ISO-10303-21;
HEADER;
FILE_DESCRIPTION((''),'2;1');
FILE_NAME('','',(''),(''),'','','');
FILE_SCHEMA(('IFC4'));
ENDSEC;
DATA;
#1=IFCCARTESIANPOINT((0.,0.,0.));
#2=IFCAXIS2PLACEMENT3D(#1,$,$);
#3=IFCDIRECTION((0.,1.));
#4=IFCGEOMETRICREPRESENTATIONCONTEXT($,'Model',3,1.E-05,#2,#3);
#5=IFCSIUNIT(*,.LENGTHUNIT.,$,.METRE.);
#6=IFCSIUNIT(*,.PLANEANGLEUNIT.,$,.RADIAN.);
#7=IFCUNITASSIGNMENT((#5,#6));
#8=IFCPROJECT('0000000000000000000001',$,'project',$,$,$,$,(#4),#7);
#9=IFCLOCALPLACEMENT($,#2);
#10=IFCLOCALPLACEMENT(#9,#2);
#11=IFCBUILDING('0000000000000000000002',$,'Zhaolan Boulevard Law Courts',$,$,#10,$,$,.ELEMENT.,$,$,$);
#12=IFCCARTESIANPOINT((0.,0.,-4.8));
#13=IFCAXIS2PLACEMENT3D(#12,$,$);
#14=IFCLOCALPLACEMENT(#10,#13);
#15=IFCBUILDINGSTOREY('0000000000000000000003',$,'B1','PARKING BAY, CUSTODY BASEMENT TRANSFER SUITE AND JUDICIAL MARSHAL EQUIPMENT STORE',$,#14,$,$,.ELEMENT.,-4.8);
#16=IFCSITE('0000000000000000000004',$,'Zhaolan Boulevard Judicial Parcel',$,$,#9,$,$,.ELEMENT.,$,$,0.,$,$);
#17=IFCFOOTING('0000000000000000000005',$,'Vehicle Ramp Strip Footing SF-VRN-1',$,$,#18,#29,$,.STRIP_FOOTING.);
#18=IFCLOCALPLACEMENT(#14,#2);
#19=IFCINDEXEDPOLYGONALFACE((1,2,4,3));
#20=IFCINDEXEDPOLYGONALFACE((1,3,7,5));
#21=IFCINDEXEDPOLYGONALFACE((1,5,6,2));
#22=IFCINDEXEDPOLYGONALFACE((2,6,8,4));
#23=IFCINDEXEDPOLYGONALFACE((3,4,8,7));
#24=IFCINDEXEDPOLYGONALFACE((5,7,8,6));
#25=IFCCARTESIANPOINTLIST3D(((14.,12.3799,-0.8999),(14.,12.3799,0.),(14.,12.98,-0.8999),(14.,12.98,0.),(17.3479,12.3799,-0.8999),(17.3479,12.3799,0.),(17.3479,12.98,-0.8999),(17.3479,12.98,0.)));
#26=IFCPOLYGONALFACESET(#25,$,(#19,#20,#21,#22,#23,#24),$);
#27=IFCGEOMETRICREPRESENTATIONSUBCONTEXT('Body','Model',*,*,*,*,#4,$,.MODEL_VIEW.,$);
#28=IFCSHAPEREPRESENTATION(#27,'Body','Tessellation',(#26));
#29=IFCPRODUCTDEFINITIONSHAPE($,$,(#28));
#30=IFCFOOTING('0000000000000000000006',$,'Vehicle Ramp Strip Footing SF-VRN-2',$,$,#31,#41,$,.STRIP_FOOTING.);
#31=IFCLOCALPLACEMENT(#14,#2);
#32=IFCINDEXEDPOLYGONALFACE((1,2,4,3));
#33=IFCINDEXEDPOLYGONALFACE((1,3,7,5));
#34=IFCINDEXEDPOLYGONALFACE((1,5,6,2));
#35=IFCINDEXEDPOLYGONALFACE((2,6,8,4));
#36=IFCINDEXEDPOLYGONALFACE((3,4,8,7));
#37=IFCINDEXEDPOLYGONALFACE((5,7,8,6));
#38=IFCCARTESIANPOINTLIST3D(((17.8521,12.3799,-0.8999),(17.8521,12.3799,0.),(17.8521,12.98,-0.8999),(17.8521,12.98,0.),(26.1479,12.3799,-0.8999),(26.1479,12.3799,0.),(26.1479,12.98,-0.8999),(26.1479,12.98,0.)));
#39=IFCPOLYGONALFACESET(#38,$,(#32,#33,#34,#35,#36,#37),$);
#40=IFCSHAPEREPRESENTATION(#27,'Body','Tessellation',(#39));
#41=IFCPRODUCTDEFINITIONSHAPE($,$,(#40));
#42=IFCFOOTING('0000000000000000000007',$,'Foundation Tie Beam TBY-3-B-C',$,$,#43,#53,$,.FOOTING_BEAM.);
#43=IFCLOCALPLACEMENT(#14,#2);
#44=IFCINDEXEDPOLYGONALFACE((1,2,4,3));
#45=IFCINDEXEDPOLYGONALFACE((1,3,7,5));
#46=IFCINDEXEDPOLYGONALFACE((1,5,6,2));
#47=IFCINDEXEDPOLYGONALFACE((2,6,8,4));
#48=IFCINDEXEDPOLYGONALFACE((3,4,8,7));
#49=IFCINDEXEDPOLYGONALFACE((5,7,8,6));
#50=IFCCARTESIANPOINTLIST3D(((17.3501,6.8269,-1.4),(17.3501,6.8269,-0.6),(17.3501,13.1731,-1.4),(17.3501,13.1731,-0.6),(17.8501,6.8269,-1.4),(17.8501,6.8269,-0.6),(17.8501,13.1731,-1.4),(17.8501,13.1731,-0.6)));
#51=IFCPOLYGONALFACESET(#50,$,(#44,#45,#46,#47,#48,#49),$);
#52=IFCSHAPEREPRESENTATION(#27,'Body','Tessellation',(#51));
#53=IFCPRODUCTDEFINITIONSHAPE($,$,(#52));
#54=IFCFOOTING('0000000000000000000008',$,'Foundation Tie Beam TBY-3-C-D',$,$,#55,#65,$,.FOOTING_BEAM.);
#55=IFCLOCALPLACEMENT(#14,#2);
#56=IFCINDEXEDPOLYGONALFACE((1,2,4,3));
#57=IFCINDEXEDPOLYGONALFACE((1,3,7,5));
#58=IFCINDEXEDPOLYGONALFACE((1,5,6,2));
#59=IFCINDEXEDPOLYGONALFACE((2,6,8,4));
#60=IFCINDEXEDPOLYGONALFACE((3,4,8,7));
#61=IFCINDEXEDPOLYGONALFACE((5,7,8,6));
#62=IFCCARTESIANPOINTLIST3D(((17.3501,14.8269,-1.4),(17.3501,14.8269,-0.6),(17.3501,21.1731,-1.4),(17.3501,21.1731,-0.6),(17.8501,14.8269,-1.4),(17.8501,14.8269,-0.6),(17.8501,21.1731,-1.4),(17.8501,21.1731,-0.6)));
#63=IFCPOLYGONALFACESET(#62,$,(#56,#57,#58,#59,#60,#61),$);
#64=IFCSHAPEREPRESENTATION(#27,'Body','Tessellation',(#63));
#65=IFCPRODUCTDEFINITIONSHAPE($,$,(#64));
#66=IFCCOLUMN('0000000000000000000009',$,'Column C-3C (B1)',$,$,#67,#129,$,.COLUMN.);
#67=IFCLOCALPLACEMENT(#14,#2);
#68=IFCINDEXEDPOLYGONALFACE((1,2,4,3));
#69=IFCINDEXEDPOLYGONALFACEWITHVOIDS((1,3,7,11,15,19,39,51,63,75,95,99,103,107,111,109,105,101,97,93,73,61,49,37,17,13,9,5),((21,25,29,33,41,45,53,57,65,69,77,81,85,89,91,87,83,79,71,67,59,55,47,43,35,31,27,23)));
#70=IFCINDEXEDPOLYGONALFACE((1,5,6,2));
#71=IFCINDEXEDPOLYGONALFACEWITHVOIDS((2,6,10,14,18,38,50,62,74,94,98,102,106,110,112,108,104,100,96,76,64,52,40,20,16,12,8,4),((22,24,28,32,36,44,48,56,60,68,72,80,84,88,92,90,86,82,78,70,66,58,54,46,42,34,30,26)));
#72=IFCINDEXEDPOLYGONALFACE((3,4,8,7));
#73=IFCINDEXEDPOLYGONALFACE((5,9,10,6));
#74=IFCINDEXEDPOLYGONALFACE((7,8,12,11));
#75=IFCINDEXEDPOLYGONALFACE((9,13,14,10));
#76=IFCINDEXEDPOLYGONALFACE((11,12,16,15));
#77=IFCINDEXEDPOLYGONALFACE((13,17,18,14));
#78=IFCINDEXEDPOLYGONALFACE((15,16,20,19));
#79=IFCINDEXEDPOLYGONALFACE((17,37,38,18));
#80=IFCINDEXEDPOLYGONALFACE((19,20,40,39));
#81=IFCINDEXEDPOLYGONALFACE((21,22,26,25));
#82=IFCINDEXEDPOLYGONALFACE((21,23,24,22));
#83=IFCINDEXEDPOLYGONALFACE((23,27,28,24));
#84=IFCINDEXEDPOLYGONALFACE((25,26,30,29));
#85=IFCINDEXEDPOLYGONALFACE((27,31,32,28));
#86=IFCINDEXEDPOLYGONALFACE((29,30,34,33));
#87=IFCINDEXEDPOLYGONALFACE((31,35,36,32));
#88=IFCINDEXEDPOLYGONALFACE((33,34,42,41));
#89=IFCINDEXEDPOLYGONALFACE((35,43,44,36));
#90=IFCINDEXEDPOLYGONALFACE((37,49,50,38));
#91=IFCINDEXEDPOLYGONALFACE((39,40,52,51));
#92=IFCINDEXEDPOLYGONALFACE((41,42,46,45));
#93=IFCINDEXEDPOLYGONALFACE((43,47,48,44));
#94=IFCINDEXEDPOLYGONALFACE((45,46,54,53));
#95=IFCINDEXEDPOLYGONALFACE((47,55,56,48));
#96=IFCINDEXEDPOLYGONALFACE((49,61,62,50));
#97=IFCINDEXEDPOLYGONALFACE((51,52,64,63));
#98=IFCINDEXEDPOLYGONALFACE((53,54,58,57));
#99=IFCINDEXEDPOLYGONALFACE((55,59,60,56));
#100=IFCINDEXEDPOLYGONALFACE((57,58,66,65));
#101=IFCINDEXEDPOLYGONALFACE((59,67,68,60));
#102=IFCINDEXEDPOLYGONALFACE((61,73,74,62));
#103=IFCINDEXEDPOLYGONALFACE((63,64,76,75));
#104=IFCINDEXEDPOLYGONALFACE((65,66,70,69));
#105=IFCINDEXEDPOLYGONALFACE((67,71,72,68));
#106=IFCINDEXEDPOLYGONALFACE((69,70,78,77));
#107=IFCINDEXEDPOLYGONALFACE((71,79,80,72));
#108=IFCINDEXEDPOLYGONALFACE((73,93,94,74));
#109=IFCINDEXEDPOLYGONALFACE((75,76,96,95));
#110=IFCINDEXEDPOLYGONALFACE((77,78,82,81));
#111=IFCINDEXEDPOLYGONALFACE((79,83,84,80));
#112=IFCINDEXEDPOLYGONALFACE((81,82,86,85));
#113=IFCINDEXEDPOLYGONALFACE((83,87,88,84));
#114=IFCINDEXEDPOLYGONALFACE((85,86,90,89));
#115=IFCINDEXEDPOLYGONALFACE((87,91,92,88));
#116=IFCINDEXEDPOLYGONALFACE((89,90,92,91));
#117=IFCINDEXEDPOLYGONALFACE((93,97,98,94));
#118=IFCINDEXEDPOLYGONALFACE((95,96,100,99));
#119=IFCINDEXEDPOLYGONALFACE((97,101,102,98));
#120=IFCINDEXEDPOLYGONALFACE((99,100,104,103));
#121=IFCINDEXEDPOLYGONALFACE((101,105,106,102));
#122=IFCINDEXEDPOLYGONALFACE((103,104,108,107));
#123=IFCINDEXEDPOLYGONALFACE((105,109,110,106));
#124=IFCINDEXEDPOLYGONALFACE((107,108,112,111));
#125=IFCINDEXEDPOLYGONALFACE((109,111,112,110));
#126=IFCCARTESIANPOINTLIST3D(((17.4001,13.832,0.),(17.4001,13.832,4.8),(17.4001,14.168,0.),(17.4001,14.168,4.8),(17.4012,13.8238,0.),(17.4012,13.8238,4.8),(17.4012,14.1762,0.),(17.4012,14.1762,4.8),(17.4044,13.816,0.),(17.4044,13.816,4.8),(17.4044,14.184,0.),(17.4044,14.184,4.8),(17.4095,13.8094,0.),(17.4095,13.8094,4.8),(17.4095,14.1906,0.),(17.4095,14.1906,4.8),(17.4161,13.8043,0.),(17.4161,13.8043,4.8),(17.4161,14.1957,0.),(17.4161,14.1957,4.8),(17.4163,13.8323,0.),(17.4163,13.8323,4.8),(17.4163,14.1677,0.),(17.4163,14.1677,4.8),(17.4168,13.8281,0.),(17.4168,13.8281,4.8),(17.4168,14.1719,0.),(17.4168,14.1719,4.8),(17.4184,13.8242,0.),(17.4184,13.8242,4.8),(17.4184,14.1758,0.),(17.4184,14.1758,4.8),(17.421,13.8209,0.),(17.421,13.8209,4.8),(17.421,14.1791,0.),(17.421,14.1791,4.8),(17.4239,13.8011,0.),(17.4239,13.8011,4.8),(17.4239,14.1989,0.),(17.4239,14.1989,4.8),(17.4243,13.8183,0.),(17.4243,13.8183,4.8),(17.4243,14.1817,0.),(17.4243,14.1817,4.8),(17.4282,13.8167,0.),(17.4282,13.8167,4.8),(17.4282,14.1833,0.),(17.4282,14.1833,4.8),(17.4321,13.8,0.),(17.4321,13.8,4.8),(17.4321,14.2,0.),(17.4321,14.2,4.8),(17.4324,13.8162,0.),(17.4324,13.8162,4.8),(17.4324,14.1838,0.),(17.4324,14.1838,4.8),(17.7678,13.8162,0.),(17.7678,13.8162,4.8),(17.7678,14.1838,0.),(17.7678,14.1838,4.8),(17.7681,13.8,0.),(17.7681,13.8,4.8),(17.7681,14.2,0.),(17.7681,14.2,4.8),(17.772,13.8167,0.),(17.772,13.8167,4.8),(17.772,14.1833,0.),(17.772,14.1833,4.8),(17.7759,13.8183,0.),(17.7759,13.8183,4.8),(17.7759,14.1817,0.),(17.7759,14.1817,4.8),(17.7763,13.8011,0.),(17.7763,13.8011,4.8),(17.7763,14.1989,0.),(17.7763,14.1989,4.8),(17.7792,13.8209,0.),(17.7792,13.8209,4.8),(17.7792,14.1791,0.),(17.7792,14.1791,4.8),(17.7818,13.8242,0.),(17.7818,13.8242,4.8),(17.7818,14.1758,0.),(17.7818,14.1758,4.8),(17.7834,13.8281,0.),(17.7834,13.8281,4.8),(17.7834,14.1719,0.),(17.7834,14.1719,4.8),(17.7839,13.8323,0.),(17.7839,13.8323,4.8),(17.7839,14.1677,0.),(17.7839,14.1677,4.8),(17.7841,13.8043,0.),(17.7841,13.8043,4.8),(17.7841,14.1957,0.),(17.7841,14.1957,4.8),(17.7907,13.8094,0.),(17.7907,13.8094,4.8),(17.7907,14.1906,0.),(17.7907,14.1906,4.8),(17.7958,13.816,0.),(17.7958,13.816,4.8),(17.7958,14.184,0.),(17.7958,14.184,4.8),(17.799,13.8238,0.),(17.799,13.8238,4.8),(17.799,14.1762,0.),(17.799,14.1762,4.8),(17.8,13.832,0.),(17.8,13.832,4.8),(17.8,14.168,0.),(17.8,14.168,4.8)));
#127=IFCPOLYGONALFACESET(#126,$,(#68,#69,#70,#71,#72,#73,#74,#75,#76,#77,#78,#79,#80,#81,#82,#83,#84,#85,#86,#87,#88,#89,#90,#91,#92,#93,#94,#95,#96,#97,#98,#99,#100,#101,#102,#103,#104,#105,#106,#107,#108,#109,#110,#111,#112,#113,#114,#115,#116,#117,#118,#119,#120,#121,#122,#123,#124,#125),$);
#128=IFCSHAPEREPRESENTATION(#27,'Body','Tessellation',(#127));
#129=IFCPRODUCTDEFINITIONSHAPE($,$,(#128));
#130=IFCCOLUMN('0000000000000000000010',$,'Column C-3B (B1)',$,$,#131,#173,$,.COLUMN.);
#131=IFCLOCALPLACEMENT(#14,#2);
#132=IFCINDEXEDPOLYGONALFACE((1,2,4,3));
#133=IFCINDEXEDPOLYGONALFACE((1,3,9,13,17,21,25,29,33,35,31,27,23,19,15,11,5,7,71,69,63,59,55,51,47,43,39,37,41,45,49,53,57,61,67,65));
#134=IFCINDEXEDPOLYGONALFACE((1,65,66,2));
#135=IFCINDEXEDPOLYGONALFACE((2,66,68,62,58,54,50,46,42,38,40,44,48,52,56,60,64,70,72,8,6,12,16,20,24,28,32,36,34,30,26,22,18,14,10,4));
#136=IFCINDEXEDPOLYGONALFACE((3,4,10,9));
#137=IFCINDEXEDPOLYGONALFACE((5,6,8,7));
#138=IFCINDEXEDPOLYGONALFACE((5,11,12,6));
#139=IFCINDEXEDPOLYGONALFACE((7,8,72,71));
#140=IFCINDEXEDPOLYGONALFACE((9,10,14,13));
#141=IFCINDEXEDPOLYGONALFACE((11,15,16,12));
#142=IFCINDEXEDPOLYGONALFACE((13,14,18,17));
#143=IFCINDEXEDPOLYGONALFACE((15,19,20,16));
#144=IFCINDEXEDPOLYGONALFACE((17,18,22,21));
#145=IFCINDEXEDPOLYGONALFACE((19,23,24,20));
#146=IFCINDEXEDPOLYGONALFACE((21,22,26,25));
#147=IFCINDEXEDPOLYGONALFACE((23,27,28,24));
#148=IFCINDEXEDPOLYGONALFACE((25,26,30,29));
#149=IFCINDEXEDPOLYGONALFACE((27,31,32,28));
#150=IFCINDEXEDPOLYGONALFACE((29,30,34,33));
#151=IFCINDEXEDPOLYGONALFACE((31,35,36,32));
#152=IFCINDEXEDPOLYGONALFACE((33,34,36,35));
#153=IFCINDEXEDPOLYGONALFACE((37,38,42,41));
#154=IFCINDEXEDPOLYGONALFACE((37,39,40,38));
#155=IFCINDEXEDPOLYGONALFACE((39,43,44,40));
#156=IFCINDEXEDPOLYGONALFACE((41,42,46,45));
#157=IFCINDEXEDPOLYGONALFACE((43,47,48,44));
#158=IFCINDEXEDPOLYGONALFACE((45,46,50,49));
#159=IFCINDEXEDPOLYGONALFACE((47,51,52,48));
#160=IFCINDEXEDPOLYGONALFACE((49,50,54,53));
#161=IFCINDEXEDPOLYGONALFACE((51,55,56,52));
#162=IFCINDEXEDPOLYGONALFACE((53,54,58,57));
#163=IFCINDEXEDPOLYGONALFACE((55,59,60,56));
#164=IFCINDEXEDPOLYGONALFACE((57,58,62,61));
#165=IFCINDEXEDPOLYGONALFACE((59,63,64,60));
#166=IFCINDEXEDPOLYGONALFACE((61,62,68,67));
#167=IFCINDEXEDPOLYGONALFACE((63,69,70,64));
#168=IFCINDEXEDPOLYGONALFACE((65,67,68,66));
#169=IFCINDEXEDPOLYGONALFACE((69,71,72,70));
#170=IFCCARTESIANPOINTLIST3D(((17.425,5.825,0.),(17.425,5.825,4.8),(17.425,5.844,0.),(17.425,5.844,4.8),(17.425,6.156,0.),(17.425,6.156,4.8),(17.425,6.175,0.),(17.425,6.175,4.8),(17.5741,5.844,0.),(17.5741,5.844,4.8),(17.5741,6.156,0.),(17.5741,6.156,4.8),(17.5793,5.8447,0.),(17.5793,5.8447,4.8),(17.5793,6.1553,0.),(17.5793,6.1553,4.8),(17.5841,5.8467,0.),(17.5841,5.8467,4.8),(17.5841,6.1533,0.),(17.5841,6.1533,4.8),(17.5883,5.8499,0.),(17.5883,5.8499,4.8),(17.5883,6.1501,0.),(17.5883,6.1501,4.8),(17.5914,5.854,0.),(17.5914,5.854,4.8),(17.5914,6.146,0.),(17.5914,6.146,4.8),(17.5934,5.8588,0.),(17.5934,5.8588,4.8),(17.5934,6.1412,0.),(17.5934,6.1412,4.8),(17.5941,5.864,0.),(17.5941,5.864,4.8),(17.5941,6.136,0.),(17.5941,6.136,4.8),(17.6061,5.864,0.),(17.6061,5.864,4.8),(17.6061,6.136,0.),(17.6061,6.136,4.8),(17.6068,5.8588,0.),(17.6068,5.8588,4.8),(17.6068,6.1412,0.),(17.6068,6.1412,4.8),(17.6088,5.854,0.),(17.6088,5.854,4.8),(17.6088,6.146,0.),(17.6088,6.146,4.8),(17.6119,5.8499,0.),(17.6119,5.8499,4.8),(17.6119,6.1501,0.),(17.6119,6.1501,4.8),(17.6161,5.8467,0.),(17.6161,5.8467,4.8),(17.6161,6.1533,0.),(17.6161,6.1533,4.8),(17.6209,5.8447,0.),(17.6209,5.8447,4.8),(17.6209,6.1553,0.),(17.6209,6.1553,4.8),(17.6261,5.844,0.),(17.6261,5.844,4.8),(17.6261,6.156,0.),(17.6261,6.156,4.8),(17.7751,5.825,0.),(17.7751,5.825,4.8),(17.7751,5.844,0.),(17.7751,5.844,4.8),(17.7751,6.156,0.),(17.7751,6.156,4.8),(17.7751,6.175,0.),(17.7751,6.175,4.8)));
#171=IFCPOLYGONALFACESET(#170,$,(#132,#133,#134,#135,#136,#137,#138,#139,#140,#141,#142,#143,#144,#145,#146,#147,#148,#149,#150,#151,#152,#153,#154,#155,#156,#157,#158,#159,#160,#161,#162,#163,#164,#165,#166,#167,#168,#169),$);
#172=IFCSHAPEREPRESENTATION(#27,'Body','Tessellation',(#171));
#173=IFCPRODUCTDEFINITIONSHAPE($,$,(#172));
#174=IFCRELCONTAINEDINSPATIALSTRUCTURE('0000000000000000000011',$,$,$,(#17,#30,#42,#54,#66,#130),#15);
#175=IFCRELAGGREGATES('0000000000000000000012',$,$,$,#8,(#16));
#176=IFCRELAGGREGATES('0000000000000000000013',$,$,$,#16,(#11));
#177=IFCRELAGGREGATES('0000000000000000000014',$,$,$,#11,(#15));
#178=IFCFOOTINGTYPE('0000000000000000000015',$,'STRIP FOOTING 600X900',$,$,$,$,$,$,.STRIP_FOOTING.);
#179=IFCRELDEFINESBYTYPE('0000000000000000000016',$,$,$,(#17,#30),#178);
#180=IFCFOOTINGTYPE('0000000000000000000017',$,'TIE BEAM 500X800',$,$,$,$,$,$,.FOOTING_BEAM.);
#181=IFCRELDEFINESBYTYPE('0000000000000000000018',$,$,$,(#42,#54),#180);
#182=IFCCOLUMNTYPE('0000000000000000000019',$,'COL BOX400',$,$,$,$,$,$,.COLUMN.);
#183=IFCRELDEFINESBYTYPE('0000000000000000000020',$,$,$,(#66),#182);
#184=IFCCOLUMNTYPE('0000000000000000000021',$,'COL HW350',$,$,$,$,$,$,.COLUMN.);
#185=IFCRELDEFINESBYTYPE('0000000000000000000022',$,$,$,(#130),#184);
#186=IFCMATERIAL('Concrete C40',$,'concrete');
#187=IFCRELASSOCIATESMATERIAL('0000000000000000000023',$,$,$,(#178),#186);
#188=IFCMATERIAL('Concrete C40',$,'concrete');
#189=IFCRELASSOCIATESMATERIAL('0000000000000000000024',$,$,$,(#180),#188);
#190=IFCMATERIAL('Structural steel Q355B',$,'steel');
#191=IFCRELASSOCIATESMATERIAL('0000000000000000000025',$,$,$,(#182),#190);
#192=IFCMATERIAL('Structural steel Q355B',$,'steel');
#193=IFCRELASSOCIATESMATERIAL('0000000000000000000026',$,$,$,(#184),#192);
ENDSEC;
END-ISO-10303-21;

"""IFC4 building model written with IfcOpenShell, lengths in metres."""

from ifc_helpers import new_model, si_unit, direction, frame, origin, origin_2d, place, context, subcontext, project, spatial, rectangle, hollow_rectangle, i_section, extrude, material, material_profile, profile_set, type_object, element, save


model = new_model("IFC4")

# Units and contexts
model_context = context("Model", 3, precision=1e-05, world=origin(), true_north=direction((0.0, 1.0)))
body_context = subcontext(model_context, "Body", "Model", "MODEL_VIEW")
ifc_project = project(units=[si_unit("LENGTHUNIT", "METRE"), si_unit("PLANEANGLEUNIT", "RADIAN")], contexts=[model_context])

# Site, building, storey
site_placement = place(None, origin())
site = spatial("IfcSite", under=ifc_project, at=site_placement, Name="Zhaolan Boulevard Judicial Parcel", CompositionType="ELEMENT", RefElevation=0.0)
building_placement = place(site_placement, origin())
building = spatial("IfcBuilding", under=site, at=building_placement, Name="Zhaolan Boulevard Law Courts", CompositionType="ELEMENT")
storey_placement = place(building_placement, frame((0.0, 0.0, -4.8)))
storey = spatial("IfcBuildingStorey", under=building, at=storey_placement, Name="B1", Description="PARKING BAY, CUSTODY BASEMENT TRANSFER SUITE AND JUDICIAL MARSHAL EQUIPMENT STORE", CompositionType="ELEMENT", Elevation=-4.8)

# Footings
ifc_material_1 = material(Name="Concrete C40", Category="concrete")
ifc_material_profile_1 = material_profile(ifc_material_1, rectangle(XDim=0.6001, YDim=0.8999, at=origin_2d()), Name="RC600x900")
ifc_profile_set_1 = profile_set([ifc_material_profile_1], Name="Concrete C40")
footing_type_1 = type_object("IfcFootingType", Name="STRIP FOOTING 600X900", PredefinedType="STRIP_FOOTING", material=ifc_profile_set_1)
footing_1_placement = place(storey_placement, frame((14.0, 12.6799, -0.45), z_axis=(1.0, 0.0, 0.0), x_axis=(0.0, 1.0, 0.0)))
element("IfcFooting", 1, at=footing_1_placement, inside=storey, type_object=footing_type_1, Name="Vehicle Ramp Strip Footing SF-VRN-1", PredefinedType="STRIP_FOOTING", context=body_context, shape_type="SweptSolid", body=[
    extrude(rectangle(XDim=0.6001, YDim=0.8999, at=origin_2d()), origin(), (0.0, 0.0, 1.0), 3.3479),
])
footing_2_placement = place(storey_placement, frame((17.8521, 12.6799, -0.45), z_axis=(1.0, 0.0, 0.0), x_axis=(0.0, 1.0, 0.0)))
element("IfcFooting", 2, at=footing_2_placement, inside=storey, type_object=footing_type_1, Name="Vehicle Ramp Strip Footing SF-VRN-2", PredefinedType="STRIP_FOOTING", context=body_context, shape_type="SweptSolid", body=[
    extrude(rectangle(XDim=0.6001, YDim=0.8999, at=origin_2d()), origin(), (0.0, 0.0, 1.0), 8.2959),
])
ifc_material_2 = material(Name="Concrete C40", Category="concrete")
ifc_material_profile_2 = material_profile(ifc_material_2, rectangle(XDim=0.5, YDim=0.8, at=origin_2d()), Name="RC500x800")
ifc_profile_set_2 = profile_set([ifc_material_profile_2], Name="Concrete C40")
footing_type_2 = type_object("IfcFootingType", Name="TIE BEAM 500X800", PredefinedType="FOOTING_BEAM", material=ifc_profile_set_2)
for number, where, z_axis, x_axis, name in (
    (3, (17.6001, 6.8269, -1.0), (0.0, 1.0, 0.0), (-1.0, 0.0, 0.0), "Foundation Tie Beam TBY-3-B-C"),
    (4, (17.6001, 14.8269, -1.0), (0.0, 1.0, 0.0), (-1.0, 0.0, 0.0), "Foundation Tie Beam TBY-3-C-D"),
):
    element("IfcFooting", number, at=place(storey_placement, frame(where, z_axis=z_axis, x_axis=x_axis)), inside=storey, type_object=footing_type_2, Name=name, PredefinedType="FOOTING_BEAM", context=body_context, shape_type="SweptSolid", body=[
        extrude(rectangle(XDim=0.5, YDim=0.8, at=origin_2d()), origin(), (0.0, 0.0, 1.0), 6.3462),
    ])

# Columns
ifc_material_3 = material(Name="Structural steel Q355B", Category="steel")
ifc_material_profile_3 = material_profile(ifc_material_3, hollow_rectangle(XDim=0.3999, YDim=0.3999, WallThickness=0.0161, InnerFilletRadius=0.0161, OuterFilletRadius=0.032, at=origin_2d()), Name="BOX400x400x16")
ifc_profile_set_3 = profile_set([ifc_material_profile_3], Name="Structural steel Q355B")
column_type_1 = type_object("IfcColumnType", Name="COL BOX400", PredefinedType="COLUMN", material=ifc_profile_set_3)
column_1_placement = place(storey_placement, frame((17.6001, 14.0, 0.0), z_axis=(0.0, 0.0, 1.0), x_axis=(1.0, 0.0, 0.0)))
element("IfcColumn", 5, at=column_1_placement, inside=storey, type_object=column_type_1, Name="Column C-3C (B1)", PredefinedType="COLUMN", context=body_context, shape_type="SweptSolid", body=[
    extrude(hollow_rectangle(XDim=0.3999, YDim=0.3999, WallThickness=0.0161, InnerFilletRadius=0.0161, OuterFilletRadius=0.032, at=origin_2d()), origin(), (0.0, 0.0, 1.0), 4.8),
])
ifc_material_4 = material(Name="Structural steel Q355B", Category="steel")
ifc_material_profile_4 = material_profile(ifc_material_4, i_section(OverallWidth=0.3501, OverallDepth=0.3501, WebThickness=0.012, FlangeThickness=0.019, FilletRadius=0.02, at=origin_2d()), Name="HW350x350")
ifc_profile_set_4 = profile_set([ifc_material_profile_4], Name="Structural steel Q355B")
column_type_2 = type_object("IfcColumnType", Name="COL HW350", PredefinedType="COLUMN", material=ifc_profile_set_4)
column_2_placement = place(storey_placement, frame((17.6001, 6.0, 0.0), z_axis=(0.0, 0.0, 1.0), x_axis=(1.0, 0.0, 0.0)))
element("IfcColumn", 6, at=column_2_placement, inside=storey, type_object=column_type_2, Name="Column C-3B (B1)", PredefinedType="COLUMN", context=body_context, shape_type="SweptSolid", body=[
    extrude(i_section(OverallWidth=0.3501, OverallDepth=0.3501, WebThickness=0.012, FlangeThickness=0.019, FilletRadius=0.02, at=origin_2d()), origin(), (0.0, 0.0, 1.0), 4.8),
])

save(model, "model.ifc")
